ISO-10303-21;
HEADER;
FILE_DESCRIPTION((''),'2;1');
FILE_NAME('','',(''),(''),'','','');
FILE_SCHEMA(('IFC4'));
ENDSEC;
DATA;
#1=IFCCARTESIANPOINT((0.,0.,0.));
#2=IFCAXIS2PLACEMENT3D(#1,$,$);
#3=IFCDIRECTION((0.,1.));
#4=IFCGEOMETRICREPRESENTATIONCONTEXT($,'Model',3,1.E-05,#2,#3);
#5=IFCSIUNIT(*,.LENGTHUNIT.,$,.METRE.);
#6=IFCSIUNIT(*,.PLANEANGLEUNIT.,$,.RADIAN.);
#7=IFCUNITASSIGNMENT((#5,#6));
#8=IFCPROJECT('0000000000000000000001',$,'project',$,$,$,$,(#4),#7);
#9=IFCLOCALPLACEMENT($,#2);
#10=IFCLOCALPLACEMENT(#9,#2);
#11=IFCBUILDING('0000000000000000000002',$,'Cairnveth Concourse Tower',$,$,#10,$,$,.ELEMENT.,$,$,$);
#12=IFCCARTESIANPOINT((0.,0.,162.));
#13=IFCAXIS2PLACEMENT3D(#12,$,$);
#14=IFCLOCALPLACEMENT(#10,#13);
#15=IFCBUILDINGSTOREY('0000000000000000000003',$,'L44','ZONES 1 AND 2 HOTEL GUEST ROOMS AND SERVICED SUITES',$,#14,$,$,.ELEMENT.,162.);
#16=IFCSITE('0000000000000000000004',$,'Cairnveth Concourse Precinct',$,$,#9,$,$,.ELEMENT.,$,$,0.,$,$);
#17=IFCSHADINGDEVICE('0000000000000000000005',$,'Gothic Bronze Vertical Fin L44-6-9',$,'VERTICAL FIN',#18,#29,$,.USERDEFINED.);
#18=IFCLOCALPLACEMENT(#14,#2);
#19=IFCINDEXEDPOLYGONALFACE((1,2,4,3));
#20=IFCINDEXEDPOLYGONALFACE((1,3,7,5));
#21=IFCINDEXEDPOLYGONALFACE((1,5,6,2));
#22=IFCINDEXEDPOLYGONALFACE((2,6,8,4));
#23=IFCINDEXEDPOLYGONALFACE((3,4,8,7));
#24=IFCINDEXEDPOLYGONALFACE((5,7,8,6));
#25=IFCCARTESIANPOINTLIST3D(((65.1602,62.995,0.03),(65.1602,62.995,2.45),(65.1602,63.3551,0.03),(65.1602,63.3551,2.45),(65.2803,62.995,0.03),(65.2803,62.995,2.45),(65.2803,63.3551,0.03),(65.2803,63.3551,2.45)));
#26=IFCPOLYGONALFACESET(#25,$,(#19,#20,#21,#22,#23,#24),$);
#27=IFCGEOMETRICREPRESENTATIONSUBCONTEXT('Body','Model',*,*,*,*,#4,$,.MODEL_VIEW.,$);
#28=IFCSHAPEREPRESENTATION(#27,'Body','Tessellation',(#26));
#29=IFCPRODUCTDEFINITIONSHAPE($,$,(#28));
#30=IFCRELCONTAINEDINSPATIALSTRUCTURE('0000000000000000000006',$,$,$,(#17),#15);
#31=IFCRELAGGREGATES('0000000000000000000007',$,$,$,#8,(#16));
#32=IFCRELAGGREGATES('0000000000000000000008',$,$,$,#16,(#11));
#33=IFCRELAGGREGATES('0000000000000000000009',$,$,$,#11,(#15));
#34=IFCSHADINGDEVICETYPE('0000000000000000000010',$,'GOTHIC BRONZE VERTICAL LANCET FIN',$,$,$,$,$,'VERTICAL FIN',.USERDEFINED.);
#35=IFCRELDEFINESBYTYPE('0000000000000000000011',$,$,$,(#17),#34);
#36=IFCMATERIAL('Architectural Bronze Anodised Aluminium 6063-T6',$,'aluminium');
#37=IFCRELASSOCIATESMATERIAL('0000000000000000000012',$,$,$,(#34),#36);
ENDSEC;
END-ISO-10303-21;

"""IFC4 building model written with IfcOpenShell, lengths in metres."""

from ifc_helpers import new_model, si_unit, direction, frame, origin, origin_2d, place, context, subcontext, project, spatial, rectangle, extrude, material, type_object, element, save


model = new_model("IFC4")

# Units and contexts
model_context = context("Model", 3, precision=1e-05, world=origin(), true_north=direction((0.0, 1.0)))
body_context = subcontext(model_context, "Body", "Model", "MODEL_VIEW")
ifc_project = project(units=[si_unit("LENGTHUNIT", "METRE"), si_unit("PLANEANGLEUNIT", "RADIAN")], contexts=[model_context])

# Site, building, storey
site_placement = place(None, origin())
site = spatial("IfcSite", under=ifc_project, at=site_placement, Name="Cairnveth Concourse Precinct", CompositionType="ELEMENT", RefElevation=0.0)
building_placement = place(site_placement, origin())
building = spatial("IfcBuilding", under=site, at=building_placement, Name="Cairnveth Concourse Tower", CompositionType="ELEMENT")
storey_placement = place(building_placement, frame((0.0, 0.0, 162.0)))
storey = spatial("IfcBuildingStorey", under=building, at=storey_placement, Name="L44", Description="ZONES 1 AND 2 HOTEL GUEST ROOMS AND SERVICED SUITES", CompositionType="ELEMENT", Elevation=162.0)

# Shading device
ifc_material_1 = material(Name="Architectural Bronze Anodised Aluminium 6063-T6", Category="aluminium")
shading_device_type = type_object("IfcShadingDeviceType", Name="GOTHIC BRONZE VERTICAL LANCET FIN", ElementType="VERTICAL FIN", PredefinedType="USERDEFINED", material=ifc_material_1)
for number, where, z_axis, x_axis, name in (
    (1, (65.2202, 63.175, 0.03), (0.0, 0.0, 1.0), (1.0, 0.0, 0.0), "Gothic Bronze Vertical Fin L44-6-9"),
):
    element("IfcShadingDevice", number, at=place(storey_placement, frame(where, z_axis=z_axis, x_axis=x_axis)), inside=storey, type_object=shading_device_type, Name=name, ObjectType="VERTICAL FIN", PredefinedType="USERDEFINED", context=body_context, shape_type="SweptSolid", body=[
        extrude(rectangle(XDim=0.1201, YDim=0.3601, at=origin_2d()), origin(), (0.0, 0.0, 1.0), 2.4199),
    ])

save(model, "model.ifc")
